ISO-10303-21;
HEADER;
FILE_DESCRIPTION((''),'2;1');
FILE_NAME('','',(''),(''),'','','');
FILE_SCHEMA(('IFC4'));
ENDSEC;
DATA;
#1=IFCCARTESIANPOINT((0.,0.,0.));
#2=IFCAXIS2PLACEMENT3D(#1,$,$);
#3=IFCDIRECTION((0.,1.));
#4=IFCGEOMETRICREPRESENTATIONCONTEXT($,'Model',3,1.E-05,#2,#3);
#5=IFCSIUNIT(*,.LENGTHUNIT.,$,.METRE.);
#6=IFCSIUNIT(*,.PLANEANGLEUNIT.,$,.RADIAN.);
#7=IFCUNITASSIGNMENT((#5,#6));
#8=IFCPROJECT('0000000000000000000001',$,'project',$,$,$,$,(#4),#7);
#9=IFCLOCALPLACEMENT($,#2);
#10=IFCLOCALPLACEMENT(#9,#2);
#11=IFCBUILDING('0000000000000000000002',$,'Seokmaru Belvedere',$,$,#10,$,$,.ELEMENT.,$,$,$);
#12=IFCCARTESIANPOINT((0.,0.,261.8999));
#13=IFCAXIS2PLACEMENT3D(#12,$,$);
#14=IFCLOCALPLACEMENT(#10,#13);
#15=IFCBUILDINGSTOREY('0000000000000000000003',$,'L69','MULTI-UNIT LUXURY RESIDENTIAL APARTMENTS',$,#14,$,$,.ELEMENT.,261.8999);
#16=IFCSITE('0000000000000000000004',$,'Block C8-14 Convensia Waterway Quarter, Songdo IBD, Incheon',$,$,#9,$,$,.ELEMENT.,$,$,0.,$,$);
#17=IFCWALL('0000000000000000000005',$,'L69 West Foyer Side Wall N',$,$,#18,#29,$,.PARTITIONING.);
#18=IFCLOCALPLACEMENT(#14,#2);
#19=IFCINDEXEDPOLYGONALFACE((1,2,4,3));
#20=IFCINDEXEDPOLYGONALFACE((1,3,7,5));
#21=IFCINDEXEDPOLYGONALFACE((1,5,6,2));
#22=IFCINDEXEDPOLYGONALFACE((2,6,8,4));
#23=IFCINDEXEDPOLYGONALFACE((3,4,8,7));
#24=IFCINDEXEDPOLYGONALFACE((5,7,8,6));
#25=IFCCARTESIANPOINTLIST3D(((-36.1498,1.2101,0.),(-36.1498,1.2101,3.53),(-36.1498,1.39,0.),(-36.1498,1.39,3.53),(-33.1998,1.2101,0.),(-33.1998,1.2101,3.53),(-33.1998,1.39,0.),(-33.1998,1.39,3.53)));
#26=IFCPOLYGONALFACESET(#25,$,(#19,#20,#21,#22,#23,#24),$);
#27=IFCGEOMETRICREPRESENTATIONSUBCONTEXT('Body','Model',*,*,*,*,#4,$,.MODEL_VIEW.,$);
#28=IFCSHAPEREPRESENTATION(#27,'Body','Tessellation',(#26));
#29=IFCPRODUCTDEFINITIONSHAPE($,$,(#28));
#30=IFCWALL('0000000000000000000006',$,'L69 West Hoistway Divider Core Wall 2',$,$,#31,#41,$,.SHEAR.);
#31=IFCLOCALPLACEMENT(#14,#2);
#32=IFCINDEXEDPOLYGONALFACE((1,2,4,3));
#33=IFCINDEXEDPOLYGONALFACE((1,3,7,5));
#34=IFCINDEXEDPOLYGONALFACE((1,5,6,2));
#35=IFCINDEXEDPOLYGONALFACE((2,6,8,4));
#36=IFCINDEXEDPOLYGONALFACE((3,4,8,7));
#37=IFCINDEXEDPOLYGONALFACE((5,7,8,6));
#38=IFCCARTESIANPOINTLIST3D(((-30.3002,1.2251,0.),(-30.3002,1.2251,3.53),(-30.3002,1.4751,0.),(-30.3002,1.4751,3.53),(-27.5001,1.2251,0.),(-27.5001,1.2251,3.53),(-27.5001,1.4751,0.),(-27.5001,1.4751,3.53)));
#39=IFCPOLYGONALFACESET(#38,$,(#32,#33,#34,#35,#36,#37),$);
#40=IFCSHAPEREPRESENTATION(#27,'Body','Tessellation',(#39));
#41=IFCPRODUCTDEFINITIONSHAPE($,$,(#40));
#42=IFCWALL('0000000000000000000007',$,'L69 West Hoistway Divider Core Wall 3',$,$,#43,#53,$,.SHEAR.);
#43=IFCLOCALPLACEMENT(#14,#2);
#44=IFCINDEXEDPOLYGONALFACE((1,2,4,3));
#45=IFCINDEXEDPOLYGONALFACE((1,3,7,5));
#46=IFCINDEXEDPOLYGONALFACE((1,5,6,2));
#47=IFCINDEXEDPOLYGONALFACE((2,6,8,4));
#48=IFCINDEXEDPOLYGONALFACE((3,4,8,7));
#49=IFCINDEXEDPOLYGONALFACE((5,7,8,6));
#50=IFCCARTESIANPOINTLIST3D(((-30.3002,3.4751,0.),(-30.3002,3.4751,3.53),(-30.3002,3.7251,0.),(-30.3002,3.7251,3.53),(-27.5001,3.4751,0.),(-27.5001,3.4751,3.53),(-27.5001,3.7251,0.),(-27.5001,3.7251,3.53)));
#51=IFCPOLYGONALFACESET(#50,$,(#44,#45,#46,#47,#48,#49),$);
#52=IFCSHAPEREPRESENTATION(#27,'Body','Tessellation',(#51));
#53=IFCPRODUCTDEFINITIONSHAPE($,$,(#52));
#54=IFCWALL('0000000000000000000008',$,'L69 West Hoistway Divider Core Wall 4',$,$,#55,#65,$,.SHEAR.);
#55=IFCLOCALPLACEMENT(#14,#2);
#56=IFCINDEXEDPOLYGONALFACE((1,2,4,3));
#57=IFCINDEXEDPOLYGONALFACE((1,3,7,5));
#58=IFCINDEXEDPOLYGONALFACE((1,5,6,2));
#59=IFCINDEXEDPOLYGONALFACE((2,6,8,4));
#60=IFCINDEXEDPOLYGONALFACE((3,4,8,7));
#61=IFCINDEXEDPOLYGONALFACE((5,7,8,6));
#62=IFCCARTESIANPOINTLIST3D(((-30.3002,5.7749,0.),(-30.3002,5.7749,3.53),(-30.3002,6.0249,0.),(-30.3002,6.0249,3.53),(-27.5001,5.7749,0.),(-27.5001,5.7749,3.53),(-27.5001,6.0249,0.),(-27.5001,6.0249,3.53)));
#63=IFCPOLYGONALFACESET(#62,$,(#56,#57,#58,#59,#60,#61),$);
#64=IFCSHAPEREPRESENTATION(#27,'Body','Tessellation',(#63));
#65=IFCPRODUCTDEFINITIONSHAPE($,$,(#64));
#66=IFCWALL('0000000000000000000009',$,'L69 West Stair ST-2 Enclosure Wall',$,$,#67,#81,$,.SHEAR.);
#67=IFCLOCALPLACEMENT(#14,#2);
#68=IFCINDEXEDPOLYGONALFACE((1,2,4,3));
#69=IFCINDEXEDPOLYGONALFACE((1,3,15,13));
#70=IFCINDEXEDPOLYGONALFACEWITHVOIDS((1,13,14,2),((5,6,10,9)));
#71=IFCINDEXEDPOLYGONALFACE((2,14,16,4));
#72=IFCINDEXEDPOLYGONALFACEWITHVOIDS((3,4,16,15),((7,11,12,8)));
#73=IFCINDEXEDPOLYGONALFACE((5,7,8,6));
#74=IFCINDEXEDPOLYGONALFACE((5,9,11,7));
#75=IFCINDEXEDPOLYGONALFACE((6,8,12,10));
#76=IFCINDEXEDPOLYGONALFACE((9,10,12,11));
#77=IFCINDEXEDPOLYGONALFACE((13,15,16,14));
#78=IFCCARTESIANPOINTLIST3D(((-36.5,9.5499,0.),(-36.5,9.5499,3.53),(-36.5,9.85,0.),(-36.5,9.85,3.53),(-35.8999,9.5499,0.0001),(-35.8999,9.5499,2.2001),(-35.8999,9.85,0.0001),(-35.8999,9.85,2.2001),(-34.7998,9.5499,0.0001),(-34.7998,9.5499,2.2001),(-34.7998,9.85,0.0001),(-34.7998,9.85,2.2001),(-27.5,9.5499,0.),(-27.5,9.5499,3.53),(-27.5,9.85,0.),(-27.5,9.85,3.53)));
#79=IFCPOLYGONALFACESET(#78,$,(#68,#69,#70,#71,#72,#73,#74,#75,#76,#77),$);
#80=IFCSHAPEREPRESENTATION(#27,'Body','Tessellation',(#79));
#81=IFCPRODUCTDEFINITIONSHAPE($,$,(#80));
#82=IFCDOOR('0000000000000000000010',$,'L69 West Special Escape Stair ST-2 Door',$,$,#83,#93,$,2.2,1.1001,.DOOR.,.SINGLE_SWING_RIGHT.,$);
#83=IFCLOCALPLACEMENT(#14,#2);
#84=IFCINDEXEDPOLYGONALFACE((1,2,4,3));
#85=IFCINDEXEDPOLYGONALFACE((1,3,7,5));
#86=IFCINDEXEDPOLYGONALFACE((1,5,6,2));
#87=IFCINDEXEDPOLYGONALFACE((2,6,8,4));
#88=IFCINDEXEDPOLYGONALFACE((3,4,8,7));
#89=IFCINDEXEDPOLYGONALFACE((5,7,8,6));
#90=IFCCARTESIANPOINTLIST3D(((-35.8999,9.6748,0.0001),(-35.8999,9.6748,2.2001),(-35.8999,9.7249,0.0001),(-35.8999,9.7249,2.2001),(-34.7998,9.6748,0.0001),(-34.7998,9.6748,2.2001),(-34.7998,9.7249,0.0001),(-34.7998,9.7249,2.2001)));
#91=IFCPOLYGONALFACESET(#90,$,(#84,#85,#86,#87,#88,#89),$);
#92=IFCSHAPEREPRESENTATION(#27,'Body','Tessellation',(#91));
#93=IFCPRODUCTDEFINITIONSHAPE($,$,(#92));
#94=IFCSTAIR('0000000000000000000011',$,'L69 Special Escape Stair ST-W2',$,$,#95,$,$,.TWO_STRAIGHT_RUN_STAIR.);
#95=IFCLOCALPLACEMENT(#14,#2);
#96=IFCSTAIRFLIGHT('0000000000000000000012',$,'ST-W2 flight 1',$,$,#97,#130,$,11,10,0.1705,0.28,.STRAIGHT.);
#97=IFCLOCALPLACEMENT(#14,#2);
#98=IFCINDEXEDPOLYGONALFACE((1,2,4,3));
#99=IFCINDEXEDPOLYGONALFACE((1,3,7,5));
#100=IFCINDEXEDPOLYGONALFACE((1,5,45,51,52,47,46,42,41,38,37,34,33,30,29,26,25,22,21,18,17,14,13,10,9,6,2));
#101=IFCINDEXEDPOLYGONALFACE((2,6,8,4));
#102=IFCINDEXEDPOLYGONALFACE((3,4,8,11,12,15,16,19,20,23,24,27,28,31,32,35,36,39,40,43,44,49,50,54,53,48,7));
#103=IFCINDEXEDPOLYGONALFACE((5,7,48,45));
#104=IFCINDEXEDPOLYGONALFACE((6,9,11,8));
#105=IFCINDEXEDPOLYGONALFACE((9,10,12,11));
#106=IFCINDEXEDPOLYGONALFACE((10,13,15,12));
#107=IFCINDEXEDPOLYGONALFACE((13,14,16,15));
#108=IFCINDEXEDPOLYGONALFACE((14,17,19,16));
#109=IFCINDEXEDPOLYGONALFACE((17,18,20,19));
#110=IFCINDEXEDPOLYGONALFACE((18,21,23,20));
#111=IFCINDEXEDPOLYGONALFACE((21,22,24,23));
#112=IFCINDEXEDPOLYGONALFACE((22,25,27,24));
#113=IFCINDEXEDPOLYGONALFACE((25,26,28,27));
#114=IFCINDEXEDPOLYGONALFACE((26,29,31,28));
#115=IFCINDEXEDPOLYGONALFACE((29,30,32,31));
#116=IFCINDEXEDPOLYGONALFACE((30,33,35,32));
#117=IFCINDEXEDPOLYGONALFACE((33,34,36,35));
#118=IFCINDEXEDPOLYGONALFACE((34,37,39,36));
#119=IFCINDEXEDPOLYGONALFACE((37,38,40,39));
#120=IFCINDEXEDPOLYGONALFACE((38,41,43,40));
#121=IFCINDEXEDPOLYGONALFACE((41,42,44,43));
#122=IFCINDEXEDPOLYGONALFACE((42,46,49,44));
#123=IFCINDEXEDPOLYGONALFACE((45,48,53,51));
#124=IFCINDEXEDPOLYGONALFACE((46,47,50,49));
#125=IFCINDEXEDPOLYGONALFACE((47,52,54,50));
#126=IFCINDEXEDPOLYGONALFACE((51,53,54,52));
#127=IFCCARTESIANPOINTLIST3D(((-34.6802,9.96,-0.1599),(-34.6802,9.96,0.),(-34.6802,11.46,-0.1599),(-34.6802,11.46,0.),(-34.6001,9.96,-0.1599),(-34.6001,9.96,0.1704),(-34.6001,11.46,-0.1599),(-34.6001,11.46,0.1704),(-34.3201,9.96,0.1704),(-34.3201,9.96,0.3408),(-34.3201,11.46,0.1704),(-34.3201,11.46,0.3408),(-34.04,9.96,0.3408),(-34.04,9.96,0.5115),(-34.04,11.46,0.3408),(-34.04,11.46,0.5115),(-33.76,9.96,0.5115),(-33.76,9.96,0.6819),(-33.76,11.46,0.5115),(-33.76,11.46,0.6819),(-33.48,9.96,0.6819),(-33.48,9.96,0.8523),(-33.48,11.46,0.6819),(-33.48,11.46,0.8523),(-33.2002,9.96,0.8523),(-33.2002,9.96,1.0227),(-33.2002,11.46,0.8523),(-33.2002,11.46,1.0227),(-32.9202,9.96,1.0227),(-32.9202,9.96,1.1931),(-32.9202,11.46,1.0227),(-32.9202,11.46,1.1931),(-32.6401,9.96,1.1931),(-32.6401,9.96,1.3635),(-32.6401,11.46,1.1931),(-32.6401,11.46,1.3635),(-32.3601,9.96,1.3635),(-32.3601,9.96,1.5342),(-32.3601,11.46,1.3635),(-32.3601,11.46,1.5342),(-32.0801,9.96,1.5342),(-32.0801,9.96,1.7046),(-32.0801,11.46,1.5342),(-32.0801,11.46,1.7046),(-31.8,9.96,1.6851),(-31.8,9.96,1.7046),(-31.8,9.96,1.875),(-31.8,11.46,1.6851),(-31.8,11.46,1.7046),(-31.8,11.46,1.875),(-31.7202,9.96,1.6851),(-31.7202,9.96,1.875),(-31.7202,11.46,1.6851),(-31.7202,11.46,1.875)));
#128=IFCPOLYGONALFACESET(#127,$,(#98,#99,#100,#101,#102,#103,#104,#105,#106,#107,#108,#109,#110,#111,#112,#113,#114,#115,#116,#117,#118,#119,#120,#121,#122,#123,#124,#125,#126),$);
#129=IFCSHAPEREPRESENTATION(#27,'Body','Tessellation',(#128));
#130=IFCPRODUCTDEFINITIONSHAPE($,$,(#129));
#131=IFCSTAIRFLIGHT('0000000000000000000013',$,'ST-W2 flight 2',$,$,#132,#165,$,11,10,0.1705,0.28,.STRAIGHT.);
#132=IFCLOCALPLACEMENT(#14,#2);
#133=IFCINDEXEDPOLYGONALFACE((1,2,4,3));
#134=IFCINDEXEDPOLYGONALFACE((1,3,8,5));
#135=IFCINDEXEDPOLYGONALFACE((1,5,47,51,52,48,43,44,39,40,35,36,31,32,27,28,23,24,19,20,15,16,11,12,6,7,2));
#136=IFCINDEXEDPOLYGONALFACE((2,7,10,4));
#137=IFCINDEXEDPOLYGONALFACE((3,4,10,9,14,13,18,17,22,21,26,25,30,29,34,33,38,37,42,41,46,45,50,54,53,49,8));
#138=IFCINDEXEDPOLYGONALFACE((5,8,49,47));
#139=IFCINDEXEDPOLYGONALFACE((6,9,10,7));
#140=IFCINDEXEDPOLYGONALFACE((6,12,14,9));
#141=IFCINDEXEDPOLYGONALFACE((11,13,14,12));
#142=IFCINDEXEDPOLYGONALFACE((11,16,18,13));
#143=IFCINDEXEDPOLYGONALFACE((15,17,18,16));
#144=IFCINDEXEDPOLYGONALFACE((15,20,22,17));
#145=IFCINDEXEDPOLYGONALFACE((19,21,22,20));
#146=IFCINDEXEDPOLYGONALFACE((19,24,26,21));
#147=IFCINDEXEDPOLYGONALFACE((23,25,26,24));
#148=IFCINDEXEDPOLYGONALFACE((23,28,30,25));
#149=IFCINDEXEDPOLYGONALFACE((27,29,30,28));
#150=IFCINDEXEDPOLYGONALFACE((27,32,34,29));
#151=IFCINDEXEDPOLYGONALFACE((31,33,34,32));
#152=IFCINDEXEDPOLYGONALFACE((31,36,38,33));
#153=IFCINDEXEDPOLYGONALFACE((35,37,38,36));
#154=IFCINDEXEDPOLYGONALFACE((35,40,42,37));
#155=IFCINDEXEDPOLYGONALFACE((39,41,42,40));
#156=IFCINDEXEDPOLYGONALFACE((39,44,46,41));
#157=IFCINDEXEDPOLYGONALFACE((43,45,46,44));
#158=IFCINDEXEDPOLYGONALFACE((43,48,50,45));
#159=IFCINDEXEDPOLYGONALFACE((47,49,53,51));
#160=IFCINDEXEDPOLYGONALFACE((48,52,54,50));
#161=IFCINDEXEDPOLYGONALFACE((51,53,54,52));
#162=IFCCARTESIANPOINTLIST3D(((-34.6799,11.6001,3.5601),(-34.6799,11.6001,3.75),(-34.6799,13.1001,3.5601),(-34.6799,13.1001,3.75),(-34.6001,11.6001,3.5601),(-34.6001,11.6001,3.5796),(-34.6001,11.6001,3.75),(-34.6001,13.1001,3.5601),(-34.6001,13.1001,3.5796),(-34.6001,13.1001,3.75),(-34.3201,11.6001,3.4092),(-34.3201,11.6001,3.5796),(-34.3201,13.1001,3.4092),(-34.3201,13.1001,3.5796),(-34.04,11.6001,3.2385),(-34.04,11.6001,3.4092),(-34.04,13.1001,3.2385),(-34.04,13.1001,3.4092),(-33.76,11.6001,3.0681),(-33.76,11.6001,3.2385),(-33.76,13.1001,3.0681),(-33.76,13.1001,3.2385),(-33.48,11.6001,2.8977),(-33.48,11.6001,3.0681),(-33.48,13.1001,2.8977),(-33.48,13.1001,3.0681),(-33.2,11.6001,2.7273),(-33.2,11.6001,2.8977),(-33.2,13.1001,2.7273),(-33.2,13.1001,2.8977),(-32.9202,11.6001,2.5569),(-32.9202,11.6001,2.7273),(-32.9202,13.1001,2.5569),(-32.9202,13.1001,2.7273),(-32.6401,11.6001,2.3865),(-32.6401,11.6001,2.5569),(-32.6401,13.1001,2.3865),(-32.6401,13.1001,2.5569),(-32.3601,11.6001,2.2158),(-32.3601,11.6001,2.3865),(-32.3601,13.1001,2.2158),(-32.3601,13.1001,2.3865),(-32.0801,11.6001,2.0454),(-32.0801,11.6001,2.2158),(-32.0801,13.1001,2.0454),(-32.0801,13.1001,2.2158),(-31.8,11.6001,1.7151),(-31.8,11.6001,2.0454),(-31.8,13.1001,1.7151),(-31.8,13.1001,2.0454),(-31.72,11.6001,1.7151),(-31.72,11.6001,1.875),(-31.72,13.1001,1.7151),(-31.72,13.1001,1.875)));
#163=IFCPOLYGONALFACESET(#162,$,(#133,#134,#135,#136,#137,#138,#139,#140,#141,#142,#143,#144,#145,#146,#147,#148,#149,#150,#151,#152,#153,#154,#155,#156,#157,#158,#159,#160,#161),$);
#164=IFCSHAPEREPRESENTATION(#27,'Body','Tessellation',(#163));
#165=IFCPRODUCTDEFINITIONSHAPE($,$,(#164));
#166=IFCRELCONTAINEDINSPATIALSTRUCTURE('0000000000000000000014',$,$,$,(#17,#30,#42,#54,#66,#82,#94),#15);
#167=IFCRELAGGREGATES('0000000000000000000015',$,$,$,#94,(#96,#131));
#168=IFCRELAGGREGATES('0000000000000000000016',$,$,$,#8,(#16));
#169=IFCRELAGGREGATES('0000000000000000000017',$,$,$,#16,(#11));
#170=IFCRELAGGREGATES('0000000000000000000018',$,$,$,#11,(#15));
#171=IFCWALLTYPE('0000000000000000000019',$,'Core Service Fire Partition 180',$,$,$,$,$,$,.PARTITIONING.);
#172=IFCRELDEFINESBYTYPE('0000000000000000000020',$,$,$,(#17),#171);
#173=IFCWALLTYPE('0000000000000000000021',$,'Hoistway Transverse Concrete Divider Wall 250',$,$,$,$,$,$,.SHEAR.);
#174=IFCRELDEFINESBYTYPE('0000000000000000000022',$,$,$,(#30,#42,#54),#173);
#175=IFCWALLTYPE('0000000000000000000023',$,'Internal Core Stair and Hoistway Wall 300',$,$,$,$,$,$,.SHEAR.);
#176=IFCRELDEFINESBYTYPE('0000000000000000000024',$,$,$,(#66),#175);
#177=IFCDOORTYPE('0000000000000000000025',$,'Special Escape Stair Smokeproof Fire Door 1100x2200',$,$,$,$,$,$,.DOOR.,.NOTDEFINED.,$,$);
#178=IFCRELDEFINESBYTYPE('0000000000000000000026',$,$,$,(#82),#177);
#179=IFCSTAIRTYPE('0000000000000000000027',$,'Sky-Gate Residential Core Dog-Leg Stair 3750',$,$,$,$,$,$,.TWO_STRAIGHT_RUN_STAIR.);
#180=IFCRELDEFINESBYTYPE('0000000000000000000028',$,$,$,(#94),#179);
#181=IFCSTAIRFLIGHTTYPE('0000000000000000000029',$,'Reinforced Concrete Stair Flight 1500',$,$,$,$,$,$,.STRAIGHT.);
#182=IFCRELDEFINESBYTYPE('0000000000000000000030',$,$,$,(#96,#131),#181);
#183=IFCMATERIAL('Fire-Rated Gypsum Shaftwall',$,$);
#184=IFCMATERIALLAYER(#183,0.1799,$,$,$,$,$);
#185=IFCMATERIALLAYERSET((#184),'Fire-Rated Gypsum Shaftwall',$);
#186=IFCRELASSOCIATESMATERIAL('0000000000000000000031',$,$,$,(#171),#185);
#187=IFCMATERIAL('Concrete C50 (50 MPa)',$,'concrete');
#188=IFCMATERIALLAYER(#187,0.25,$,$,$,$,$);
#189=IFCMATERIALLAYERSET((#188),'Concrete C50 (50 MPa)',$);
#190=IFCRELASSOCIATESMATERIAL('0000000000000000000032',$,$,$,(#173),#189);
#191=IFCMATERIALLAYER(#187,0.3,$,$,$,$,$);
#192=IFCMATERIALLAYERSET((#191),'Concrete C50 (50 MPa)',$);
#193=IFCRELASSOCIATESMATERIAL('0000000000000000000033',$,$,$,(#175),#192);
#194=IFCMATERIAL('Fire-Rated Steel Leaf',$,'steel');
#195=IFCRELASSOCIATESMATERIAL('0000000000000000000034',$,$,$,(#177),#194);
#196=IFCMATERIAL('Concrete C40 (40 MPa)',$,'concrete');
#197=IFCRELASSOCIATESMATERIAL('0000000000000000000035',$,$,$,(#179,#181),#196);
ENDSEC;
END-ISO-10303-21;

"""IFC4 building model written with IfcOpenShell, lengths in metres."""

from ifc_helpers import new_model, si_unit, direction, frame, frame_2d, origin, place, context, subcontext, project, spatial, polyline, rectangle, outline, extrude, source, transform, mapped, material, layer, layer_set, type_object, type_shapes, element, fill, aggregate, save


model = new_model("IFC4")

# Units and contexts
model_context = context("Model", 3, precision=1e-05, world=origin(), true_north=direction((0.0, 1.0)))
body_context = subcontext(model_context, "Body", "Model", "MODEL_VIEW")
ifc_project = project(units=[si_unit("LENGTHUNIT", "METRE"), si_unit("PLANEANGLEUNIT", "RADIAN")], contexts=[model_context])

# Site, building, storey
site_placement = place(None, origin())
site = spatial("IfcSite", under=ifc_project, at=site_placement, Name="Block C8-14 Convensia Waterway Quarter, Songdo IBD, Incheon", CompositionType="ELEMENT", RefElevation=0.0)
building_placement = place(site_placement, origin())
building = spatial("IfcBuilding", under=site, at=building_placement, Name="Seokmaru Belvedere", CompositionType="ELEMENT")
storey_placement = place(building_placement, frame((0.0, 0.0, 261.8999)))
storey = spatial("IfcBuildingStorey", under=building, at=storey_placement, Name="L69", Description="MULTI-UNIT LUXURY RESIDENTIAL APARTMENTS", CompositionType="ELEMENT", Elevation=261.8999)

# Shared definitions
ifc_material_1 = material(Name="Fire-Rated Gypsum Shaftwall")
ifc_layer_1 = layer(ifc_material_1, 0.1799)
ifc_layer_set_1 = layer_set([ifc_layer_1], Name="Fire-Rated Gypsum Shaftwall")
wall_type_1 = type_object("IfcWallType", Name="Core Service Fire Partition 180", PredefinedType="PARTITIONING", material=ifc_layer_set_1)

# Shared definitions
ifc_material_2 = material(Name="Fire-Rated Steel Leaf", Category="steel")

# Walls
wall_1_placement = place(storey_placement, frame((-36.1499, 1.3, 0.0), z_axis=(0.0, 0.0, 1.0), x_axis=(1.0, 0.0, 0.0)))
element("IfcWall", 1, at=wall_1_placement, inside=storey, type_object=wall_type_1, Name="L69 West Foyer Side Wall N", PredefinedType="PARTITIONING", context=body_context, shape_type="SweptSolid", body=[
    extrude(rectangle(XDim=2.95, YDim=0.1799, at=frame_2d((1.4751, 0.0))), origin(), (0.0, 0.0, 1.0), 3.53),
])
ifc_material_3 = material(Name="Concrete C50 (50 MPa)", Category="concrete")
ifc_layer_2 = layer(ifc_material_3, 0.25)
ifc_layer_set_2 = layer_set([ifc_layer_2], Name="Concrete C50 (50 MPa)")
wall_type_2 = type_object("IfcWallType", Name="Hoistway Transverse Concrete Divider Wall 250", PredefinedType="SHEAR", material=ifc_layer_set_2)
for number, where, z_axis, x_axis, name in (
    (2, (-30.3, 1.3501, 0.0), (0.0, 0.0, 1.0), (1.0, 0.0, 0.0), "L69 West Hoistway Divider Core Wall 2"),
    (3, (-30.3, 3.6001, 0.0), (0.0, 0.0, 1.0), (1.0, 0.0, 0.0), "L69 West Hoistway Divider Core Wall 3"),
    (4, (-30.3, 5.8999, 0.0), (0.0, 0.0, 1.0), (1.0, 0.0, 0.0), "L69 West Hoistway Divider Core Wall 4"),
):
    element("IfcWall", number, at=place(storey_placement, frame(where, z_axis=z_axis, x_axis=x_axis)), inside=storey, type_object=wall_type_2, Name=name, PredefinedType="SHEAR", context=body_context, shape_type="SweptSolid", body=[
        extrude(rectangle(XDim=2.8, YDim=0.25, at=frame_2d((1.3999, 0.0))), origin(), (0.0, 0.0, 1.0), 3.53),
    ])

# Wall, opening, door
ifc_layer_3 = layer(ifc_material_3, 0.3)
ifc_layer_set_3 = layer_set([ifc_layer_3], Name="Concrete C50 (50 MPa)")
wall_type_3 = type_object("IfcWallType", Name="Internal Core Stair and Hoistway Wall 300", PredefinedType="SHEAR", material=ifc_layer_set_3)
wall_2_placement = place(storey_placement, frame((-36.5, 9.7, 0.0), z_axis=(0.0, 0.0, 1.0), x_axis=(1.0, 0.0, 0.0)))
wall_2 = element("IfcWall", 5, at=wall_2_placement, inside=storey, type_object=wall_type_3, Name="L69 West Stair ST-2 Enclosure Wall", PredefinedType="SHEAR", context=body_context, shape_type="SweptSolid", body=[
    extrude(rectangle(XDim=9.0, YDim=0.3, at=frame_2d((4.5, 0.0))), origin(), (0.0, 0.0, 1.0), 3.53),
])
opening_1_placement = place(wall_2_placement, frame((0.6001, 0.0, 0.0)))
opening_1 = element("IfcOpeningElement", 6, at=opening_1_placement, cuts=wall_2, PredefinedType="OPENING", context=body_context, shape_type="SweptSolid", body=[
    extrude(rectangle(XDim=1.1001, YDim=2.2, at=frame_2d((0.55, 1.1001))), frame((0.0, 0.1602, 0.0), z_axis=(0.0, -1.0, 0.0), x_axis=(1.0, 0.0, 0.0)), (0.0, 0.0, 1.0), 0.3201),
])
door_type_1 = type_object("IfcDoorType", Name="Special Escape Stair Smokeproof Fire Door 1100x2200", OperationType="NOTDEFINED", PredefinedType="DOOR", material=ifc_material_2)
shared_shape_1 = source(origin(), body_context, "Body", "SweptSolid", [
    extrude(rectangle(XDim=1.1001, YDim=2.2, at=frame_2d((0.55, 1.1001))), frame((0.0, 0.0249, 0.0), z_axis=(0.0, -1.0, 0.0), x_axis=(1.0, 0.0, 0.0)), (0.0, 0.0, 1.0), 0.05),
])
type_shapes(door_type_1, [shared_shape_1])
door_1_placement = place(opening_1_placement, origin())
door_1 = element("IfcDoor", 7, at=door_1_placement, inside=storey, type_object=door_type_1, Name="L69 West Special Escape Stair ST-2 Door", OperationType="SINGLE_SWING_RIGHT", OverallHeight=2.2, OverallWidth=1.1001, PredefinedType="DOOR", context=body_context, shape_type="MappedRepresentation", body=[
    mapped(shared_shape_1, transform((0.0, 0.0, 0.0), scale=1.0)),
])
fill(opening_1, door_1)

# Stair, stair flights
ifc_material_4 = material(Name="Concrete C40 (40 MPa)", Category="concrete")
stair_type = type_object("IfcStairType", Name="Sky-Gate Residential Core Dog-Leg Stair 3750", PredefinedType="TWO_STRAIGHT_RUN_STAIR", material=ifc_material_4)
stair_placement = place(storey_placement, origin())
stair = element("IfcStair", 8, at=stair_placement, inside=storey, type_object=stair_type, Name="L69 Special Escape Stair ST-W2", PredefinedType="TWO_STRAIGHT_RUN_STAIR")
stair_flight_type = type_object("IfcStairFlightType", Name="Reinforced Concrete Stair Flight 1500", PredefinedType="STRAIGHT", material=ifc_material_4)
stair_flight_1_placement = place(storey_placement, frame((-34.6001, 10.71, 0.0), z_axis=(0.0, 0.0, 1.0), x_axis=(1.0, 0.0, 0.0)))
stair_flight_1 = element("IfcStairFlight", 9, at=stair_flight_1_placement, type_object=stair_flight_type, Name="ST-W2 flight 1", NumberOfRisers=11, NumberOfTreads=10, PredefinedType="STRAIGHT", RiserHeight=0.1705, TreadLength=0.28, context=body_context, shape_type="SweptSolid", body=[
    extrude(outline(polyline([(-0.0801, 0.0), (0.0, 0.1704), (0.28, 0.1704), (0.28, 0.3408), (0.5601, 0.3408), (0.5601, 0.5115), (0.8401, 0.5115), (0.8401, 0.6819), (1.1201, 0.6819), (1.1201, 0.8523), (1.3999, 0.8523), (1.3999, 1.0227), (1.6799, 1.0227), (1.6799, 1.1931), (1.96, 1.1931), (1.96, 1.3635), (2.24, 1.3635), (2.24, 1.5342), (2.52, 1.5342), (2.52, 1.7046), (2.8, 1.7046), (2.8, 1.875), (2.8799, 1.875), (2.8799, 1.6851), (2.8, 1.6851), (0.0, -0.1599), (-0.0801, -0.1599), (-0.0801, 0.0)])), frame((0.0, 0.75, 0.0), z_axis=(0.0, -1.0, 0.0), x_axis=(1.0, 0.0, 0.0)), (0.0, 0.0, 1.0), 1.5),
])
stair_flight_2_placement = place(storey_placement, frame((-31.8, 12.3501, 1.875), z_axis=(0.0, 0.0, 1.0), x_axis=(-1.0, 0.0, 0.0)))
stair_flight_2 = element("IfcStairFlight", 10, at=stair_flight_2_placement, type_object=stair_flight_type, Name="ST-W2 flight 2", NumberOfRisers=11, NumberOfTreads=10, PredefinedType="STRAIGHT", RiserHeight=0.1705, TreadLength=0.28, context=body_context, shape_type="SweptSolid", body=[
    extrude(outline(polyline([(-0.0801, 0.0), (0.0, 0.1704), (0.28, 0.1704), (0.28, 0.3408), (0.5601, 0.3408), (0.5601, 0.5115), (0.8401, 0.5115), (0.8401, 0.6819), (1.1201, 0.6819), (1.1201, 0.8523), (1.3999, 0.8523), (1.3999, 1.0227), (1.6799, 1.0227), (1.6799, 1.1931), (1.96, 1.1931), (1.96, 1.3635), (2.24, 1.3635), (2.24, 1.5342), (2.52, 1.5342), (2.52, 1.7046), (2.8, 1.7046), (2.8, 1.875), (2.8799, 1.875), (2.8799, 1.6851), (2.8, 1.6851), (0.0, -0.1599), (-0.0801, -0.1599), (-0.0801, 0.0)])), frame((0.0, 0.75, 0.0), z_axis=(0.0, -1.0, 0.0), x_axis=(1.0, 0.0, 0.0)), (0.0, 0.0, 1.0), 1.5),
])
aggregate(stair, [stair_flight_1, stair_flight_2])

save(model, "model.ifc")
